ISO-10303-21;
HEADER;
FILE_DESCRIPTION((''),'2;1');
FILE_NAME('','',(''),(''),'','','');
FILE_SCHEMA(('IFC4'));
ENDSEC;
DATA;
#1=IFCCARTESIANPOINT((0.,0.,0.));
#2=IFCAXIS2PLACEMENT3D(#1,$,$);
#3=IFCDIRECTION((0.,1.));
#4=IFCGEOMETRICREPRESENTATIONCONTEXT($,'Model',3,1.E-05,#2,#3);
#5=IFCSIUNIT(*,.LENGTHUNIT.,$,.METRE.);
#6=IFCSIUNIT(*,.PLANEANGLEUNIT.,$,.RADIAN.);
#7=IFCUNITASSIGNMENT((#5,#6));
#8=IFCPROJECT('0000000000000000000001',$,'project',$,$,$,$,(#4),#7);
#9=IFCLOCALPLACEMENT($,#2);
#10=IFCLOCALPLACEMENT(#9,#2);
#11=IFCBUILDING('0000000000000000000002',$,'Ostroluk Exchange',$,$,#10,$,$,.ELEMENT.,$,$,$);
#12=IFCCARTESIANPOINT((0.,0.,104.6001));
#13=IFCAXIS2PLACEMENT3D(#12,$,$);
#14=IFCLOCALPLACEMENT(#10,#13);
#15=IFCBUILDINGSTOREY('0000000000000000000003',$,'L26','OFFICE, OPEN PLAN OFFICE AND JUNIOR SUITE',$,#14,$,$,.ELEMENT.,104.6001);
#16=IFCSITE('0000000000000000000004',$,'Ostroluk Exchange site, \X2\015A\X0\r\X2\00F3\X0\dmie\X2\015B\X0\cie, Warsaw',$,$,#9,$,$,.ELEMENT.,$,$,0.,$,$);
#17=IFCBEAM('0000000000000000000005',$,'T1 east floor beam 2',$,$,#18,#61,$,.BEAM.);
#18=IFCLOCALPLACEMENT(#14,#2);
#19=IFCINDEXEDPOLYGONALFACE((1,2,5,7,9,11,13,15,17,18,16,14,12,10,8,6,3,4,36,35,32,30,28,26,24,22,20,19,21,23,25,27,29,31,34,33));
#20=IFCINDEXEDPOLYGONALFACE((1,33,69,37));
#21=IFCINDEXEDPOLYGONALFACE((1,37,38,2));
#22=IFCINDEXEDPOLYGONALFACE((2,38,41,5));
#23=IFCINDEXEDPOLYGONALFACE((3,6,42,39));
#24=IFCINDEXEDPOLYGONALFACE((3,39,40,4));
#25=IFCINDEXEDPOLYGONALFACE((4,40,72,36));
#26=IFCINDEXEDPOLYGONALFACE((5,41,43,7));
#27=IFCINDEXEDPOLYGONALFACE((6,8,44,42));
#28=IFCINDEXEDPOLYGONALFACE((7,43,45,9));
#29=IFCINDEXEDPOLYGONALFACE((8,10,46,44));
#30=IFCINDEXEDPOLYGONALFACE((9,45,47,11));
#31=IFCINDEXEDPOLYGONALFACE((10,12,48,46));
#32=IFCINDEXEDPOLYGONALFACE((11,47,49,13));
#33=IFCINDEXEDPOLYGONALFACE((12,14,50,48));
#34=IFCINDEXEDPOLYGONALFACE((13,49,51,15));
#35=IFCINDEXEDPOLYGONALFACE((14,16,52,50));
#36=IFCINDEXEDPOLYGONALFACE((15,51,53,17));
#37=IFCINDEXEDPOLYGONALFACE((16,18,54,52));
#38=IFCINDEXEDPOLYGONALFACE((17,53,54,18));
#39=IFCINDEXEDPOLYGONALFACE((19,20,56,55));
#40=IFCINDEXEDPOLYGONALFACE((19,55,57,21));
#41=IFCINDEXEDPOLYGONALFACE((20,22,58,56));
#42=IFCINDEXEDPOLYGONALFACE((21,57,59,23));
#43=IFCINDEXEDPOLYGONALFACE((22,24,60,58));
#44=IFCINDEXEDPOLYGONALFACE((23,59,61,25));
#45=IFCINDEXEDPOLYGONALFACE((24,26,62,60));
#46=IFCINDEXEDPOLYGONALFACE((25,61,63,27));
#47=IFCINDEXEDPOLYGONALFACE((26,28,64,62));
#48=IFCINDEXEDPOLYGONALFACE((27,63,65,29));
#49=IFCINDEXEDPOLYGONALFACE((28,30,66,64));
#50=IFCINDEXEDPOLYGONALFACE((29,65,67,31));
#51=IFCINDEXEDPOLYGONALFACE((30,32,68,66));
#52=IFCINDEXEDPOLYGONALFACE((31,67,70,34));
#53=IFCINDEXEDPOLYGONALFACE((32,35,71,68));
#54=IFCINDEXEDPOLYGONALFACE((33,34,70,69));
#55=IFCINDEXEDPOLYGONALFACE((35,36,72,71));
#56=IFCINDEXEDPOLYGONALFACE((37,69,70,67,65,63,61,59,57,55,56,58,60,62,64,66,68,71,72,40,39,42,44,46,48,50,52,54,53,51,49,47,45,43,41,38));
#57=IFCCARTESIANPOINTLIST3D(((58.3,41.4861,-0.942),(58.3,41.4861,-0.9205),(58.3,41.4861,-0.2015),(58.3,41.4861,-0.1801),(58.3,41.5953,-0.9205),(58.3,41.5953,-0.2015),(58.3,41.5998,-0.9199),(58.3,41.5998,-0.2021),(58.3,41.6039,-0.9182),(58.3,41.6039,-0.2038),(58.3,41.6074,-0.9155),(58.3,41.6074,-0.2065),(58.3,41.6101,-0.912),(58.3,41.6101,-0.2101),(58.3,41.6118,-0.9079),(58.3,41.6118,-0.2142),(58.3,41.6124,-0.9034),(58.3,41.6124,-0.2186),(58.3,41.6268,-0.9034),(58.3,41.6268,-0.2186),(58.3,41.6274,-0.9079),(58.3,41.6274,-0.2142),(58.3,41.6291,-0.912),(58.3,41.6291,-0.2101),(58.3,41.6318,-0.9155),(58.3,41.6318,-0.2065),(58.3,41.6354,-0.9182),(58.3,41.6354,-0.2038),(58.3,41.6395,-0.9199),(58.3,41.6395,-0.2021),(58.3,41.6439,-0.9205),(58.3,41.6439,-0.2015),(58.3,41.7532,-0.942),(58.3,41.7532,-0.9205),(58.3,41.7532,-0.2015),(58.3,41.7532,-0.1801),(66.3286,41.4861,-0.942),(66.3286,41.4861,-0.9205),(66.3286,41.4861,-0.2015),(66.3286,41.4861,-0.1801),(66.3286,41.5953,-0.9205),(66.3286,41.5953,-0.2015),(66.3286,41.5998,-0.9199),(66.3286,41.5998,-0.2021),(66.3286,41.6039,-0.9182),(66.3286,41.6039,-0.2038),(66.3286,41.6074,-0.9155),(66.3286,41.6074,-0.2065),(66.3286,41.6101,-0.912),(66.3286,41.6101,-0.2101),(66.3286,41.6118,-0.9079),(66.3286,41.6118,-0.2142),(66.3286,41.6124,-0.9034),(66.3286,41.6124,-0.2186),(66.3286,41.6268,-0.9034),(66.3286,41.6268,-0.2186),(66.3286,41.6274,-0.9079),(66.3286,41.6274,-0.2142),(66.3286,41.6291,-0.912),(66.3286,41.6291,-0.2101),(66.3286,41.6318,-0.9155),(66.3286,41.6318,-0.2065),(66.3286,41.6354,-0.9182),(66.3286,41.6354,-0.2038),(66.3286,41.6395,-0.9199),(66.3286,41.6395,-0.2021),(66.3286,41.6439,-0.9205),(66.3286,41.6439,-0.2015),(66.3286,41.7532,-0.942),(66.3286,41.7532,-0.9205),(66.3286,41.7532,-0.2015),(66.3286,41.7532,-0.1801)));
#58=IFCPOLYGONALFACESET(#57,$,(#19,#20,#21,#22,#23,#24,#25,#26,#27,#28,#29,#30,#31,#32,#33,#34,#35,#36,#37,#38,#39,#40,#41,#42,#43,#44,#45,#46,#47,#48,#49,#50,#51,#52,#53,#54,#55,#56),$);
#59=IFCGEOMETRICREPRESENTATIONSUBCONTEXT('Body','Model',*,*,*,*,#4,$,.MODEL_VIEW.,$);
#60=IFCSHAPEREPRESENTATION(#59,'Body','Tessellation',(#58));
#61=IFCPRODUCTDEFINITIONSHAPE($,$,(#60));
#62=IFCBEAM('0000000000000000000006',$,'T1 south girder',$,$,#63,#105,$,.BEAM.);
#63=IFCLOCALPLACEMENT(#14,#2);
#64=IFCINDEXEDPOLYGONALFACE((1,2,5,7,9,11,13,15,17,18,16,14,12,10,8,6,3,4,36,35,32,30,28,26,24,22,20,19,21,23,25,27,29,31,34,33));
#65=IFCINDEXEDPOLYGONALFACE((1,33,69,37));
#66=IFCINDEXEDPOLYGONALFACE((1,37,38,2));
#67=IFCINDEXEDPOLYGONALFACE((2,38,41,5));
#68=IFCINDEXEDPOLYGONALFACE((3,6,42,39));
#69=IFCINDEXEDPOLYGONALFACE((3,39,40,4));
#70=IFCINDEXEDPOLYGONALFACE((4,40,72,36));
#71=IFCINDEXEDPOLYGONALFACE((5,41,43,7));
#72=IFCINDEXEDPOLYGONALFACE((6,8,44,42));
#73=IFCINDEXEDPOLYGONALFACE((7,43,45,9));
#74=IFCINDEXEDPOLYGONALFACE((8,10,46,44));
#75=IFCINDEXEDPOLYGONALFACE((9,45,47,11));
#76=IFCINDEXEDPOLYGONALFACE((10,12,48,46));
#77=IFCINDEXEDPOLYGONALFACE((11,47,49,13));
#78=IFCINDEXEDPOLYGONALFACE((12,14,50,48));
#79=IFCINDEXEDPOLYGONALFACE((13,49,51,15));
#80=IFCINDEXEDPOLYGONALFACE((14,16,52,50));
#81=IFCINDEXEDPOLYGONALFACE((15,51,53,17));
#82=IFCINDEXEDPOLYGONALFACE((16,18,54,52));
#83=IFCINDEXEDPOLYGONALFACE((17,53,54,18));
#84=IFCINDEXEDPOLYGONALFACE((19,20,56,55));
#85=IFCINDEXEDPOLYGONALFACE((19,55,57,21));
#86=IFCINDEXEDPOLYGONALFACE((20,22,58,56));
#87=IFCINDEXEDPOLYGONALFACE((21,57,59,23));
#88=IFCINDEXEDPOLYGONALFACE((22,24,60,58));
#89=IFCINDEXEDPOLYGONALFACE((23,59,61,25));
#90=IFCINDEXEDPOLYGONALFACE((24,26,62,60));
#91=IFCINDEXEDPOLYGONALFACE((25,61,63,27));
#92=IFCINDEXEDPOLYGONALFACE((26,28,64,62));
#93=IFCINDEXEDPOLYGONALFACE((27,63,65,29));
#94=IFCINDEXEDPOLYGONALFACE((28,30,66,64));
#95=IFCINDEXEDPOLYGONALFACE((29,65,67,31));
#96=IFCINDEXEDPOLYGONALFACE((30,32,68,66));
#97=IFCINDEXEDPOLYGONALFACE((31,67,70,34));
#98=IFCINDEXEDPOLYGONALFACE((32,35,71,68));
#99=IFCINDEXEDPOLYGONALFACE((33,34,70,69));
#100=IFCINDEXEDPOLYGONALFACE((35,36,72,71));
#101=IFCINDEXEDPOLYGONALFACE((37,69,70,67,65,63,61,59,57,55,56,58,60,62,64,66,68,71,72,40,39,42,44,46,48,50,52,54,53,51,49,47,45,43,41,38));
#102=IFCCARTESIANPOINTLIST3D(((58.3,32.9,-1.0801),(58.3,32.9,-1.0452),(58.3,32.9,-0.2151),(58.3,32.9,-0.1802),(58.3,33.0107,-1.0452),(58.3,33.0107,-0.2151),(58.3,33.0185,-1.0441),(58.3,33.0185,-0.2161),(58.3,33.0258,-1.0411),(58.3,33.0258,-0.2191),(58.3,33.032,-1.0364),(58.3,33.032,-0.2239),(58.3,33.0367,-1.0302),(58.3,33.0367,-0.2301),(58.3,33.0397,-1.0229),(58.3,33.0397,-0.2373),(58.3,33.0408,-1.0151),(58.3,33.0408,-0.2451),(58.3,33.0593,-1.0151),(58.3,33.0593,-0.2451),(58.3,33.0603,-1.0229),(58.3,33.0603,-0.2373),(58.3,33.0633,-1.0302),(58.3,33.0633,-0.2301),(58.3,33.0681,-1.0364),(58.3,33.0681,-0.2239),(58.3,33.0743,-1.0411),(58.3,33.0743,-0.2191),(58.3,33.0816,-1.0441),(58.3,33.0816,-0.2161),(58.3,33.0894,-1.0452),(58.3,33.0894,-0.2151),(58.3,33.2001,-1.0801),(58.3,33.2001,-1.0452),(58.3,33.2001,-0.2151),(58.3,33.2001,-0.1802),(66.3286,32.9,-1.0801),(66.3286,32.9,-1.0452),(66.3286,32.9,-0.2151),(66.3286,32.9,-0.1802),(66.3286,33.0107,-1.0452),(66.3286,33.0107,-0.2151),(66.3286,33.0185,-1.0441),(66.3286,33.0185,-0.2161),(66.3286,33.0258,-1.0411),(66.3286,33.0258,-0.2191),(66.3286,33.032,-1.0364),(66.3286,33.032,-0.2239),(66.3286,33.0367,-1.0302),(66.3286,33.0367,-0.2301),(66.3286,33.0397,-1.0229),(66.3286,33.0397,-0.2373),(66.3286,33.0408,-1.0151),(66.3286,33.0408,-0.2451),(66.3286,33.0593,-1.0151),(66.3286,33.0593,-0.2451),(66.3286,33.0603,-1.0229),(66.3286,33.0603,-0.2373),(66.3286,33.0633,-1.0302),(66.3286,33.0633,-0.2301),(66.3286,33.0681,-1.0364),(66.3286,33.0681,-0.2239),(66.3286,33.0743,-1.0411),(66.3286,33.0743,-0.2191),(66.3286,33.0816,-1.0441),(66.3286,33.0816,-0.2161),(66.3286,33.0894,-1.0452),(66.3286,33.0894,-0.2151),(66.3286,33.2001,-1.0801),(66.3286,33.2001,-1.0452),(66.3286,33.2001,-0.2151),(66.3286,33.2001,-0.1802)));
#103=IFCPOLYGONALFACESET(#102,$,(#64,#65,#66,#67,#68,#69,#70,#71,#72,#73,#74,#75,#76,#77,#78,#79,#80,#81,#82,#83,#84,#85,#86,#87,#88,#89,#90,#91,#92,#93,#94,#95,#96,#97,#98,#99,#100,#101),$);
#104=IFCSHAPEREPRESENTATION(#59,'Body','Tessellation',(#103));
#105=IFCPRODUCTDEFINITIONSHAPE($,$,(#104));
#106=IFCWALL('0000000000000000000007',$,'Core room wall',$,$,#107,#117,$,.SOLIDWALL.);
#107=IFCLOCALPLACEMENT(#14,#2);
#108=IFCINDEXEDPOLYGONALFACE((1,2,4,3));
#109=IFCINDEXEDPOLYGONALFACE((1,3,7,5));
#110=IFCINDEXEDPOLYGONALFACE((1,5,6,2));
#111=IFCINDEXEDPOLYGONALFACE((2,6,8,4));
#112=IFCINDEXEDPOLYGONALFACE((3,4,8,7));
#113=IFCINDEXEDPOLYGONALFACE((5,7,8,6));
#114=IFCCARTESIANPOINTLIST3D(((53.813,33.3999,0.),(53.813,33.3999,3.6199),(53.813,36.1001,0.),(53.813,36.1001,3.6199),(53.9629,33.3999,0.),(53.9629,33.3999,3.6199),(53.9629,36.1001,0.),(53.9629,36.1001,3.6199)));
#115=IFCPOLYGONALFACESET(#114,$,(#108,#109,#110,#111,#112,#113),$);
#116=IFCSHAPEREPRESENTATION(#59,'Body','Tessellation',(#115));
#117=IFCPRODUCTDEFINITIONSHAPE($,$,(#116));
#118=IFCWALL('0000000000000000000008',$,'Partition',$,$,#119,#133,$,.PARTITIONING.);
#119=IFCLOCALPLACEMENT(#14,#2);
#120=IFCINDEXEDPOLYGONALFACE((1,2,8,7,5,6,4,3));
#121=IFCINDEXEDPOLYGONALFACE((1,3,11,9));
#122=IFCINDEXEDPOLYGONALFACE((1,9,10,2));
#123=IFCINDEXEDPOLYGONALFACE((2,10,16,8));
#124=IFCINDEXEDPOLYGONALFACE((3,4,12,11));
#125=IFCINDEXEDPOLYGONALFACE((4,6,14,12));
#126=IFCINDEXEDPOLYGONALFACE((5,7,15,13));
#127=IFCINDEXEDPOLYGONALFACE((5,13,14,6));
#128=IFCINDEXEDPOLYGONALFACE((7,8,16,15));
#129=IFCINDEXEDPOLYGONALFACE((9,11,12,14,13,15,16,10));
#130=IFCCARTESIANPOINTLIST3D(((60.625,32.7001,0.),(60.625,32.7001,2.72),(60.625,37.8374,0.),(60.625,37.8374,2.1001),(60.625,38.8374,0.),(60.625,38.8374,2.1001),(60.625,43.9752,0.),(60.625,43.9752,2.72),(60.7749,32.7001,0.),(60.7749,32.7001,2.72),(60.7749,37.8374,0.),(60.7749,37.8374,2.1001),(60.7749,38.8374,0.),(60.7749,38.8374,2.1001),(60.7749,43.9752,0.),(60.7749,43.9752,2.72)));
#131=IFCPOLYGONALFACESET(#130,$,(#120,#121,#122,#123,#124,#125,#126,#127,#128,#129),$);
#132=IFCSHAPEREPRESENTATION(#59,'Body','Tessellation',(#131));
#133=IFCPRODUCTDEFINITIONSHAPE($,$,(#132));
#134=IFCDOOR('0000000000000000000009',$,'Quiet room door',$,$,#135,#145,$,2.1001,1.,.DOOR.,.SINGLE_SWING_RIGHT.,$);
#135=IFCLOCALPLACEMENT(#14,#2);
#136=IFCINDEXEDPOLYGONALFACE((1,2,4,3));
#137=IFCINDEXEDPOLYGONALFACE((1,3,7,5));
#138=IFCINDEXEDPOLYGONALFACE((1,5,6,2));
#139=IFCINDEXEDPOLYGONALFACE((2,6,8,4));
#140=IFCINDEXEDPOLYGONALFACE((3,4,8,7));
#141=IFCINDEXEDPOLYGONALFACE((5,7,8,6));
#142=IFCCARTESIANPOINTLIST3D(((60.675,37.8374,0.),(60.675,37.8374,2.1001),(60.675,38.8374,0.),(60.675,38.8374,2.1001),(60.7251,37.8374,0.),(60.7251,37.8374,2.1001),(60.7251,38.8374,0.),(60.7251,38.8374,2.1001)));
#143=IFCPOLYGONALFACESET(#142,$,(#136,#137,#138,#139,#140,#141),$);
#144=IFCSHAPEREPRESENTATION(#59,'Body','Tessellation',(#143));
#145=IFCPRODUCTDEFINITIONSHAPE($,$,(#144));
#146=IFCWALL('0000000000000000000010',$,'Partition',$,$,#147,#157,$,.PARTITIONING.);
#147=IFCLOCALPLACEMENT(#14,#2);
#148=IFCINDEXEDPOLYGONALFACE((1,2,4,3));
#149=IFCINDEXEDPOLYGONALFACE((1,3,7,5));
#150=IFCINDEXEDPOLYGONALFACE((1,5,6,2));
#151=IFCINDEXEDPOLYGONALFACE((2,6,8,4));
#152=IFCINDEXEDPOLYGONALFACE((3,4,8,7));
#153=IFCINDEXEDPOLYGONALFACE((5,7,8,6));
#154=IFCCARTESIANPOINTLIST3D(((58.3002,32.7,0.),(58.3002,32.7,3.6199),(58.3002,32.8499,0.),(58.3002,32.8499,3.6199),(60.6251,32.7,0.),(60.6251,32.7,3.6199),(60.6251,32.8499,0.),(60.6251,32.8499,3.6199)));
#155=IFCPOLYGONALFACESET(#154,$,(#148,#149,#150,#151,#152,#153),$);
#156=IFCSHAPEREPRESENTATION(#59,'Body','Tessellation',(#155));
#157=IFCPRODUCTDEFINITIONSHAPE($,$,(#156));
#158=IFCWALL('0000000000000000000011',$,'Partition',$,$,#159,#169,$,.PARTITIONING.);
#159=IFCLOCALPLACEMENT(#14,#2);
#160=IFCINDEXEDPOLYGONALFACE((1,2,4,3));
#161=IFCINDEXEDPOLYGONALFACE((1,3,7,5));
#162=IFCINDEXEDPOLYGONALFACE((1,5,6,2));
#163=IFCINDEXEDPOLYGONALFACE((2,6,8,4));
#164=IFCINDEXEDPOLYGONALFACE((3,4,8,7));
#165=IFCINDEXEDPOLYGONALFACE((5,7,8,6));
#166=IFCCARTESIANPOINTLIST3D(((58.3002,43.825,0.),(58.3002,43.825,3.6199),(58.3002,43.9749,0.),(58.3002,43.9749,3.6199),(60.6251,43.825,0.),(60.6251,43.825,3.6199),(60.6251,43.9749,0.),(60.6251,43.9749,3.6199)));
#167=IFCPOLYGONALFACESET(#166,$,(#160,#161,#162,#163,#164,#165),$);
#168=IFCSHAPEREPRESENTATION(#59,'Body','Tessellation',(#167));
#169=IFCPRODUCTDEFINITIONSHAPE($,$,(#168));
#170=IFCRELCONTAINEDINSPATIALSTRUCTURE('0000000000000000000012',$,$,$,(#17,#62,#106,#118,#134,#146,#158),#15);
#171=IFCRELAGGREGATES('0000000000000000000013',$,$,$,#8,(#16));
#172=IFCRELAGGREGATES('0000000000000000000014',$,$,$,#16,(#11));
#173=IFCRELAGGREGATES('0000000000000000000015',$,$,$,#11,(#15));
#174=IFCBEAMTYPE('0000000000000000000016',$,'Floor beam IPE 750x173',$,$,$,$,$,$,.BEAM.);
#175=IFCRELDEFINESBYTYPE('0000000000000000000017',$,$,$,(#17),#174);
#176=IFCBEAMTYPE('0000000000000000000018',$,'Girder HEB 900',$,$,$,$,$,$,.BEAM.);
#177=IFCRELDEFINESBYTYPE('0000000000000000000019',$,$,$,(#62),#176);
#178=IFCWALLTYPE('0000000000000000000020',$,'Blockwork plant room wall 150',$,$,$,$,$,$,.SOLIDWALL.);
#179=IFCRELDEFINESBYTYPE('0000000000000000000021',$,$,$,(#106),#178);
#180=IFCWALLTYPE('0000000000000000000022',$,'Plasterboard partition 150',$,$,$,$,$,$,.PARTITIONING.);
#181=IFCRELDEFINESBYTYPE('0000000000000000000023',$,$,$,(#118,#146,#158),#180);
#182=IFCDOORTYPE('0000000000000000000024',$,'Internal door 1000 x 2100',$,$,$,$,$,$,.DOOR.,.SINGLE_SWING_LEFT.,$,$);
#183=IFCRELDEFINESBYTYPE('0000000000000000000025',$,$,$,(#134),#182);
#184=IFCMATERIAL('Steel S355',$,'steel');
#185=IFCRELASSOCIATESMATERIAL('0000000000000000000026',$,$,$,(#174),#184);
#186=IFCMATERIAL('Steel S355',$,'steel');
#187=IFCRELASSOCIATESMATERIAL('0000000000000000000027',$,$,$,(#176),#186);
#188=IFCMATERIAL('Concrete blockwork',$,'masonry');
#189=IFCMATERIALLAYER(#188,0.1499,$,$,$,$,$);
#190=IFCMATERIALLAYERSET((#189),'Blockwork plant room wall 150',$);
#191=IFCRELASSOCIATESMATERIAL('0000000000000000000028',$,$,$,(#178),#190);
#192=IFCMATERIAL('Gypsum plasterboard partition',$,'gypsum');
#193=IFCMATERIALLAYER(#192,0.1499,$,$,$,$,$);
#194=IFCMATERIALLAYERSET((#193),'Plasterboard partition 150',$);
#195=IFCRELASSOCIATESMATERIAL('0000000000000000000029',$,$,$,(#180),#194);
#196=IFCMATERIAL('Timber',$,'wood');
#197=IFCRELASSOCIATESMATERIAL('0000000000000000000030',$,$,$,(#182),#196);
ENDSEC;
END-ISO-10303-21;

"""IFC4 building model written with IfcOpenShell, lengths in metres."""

from ifc_helpers import new_model, si_unit, direction, frame, frame_2d, origin, origin_2d, place, context, subcontext, project, spatial, rectangle, i_section, extrude, material, layer, layer_set, material_profile, profile_set, type_object, element, fill, save


model = new_model("IFC4")

# Units and contexts
model_context = context("Model", 3, precision=1e-05, world=origin(), true_north=direction((0.0, 1.0)))
body_context = subcontext(model_context, "Body", "Model", "MODEL_VIEW")
ifc_project = project(units=[si_unit("LENGTHUNIT", "METRE"), si_unit("PLANEANGLEUNIT", "RADIAN")], contexts=[model_context])

# Site, building, storey
site_placement = place(None, origin())
site = spatial("IfcSite", under=ifc_project, at=site_placement, Name="Ostroluk Exchange site, Śródmieście, Warsaw", CompositionType="ELEMENT", RefElevation=0.0)
building_placement = place(site_placement, origin())
building = spatial("IfcBuilding", under=site, at=building_placement, Name="Ostroluk Exchange", CompositionType="ELEMENT")
storey_placement = place(building_placement, frame((0.0, 0.0, 104.6001)))
storey = spatial("IfcBuildingStorey", under=building, at=storey_placement, Name="L26", Description="OFFICE, OPEN PLAN OFFICE AND JUNIOR SUITE", CompositionType="ELEMENT", Elevation=104.6001)

# Beams
ifc_material_1 = material(Name="Steel S355", Category="steel")
ifc_material_profile_1 = material_profile(ifc_material_1, i_section(OverallWidth=0.2671, OverallDepth=0.762, WebThickness=0.0144, FlangeThickness=0.0215, FilletRadius=0.0171, at=origin_2d()), Name="IPE 750x173")
ifc_profile_set_1 = profile_set([ifc_material_profile_1], Name="Steel S355")
beam_type_1 = type_object("IfcBeamType", Name="Floor beam IPE 750x173", PredefinedType="BEAM", material=ifc_profile_set_1)
for number, where, z_axis, x_axis, name in (
    (1, (58.3, 41.6196, -0.561), (1.0, 0.0, 0.0), (0.0, 1.0, 0.0), "T1 east floor beam 2"),
):
    element("IfcBeam", number, at=place(storey_placement, frame(where, z_axis=z_axis, x_axis=x_axis)), inside=storey, type_object=beam_type_1, Name=name, PredefinedType="BEAM", context=body_context, shape_type="SweptSolid", body=[
        extrude(i_section(OverallWidth=0.2671, OverallDepth=0.762, WebThickness=0.0144, FlangeThickness=0.0215, FilletRadius=0.0171, at=origin_2d()), origin(), (0.0, 0.0, 1.0), 8.0286),
    ])
ifc_material_2 = material(Name="Steel S355", Category="steel")
ifc_material_profile_2 = material_profile(ifc_material_2, i_section(OverallWidth=0.3, OverallDepth=0.8999, WebThickness=0.0186, FlangeThickness=0.0349, FilletRadius=0.03, at=origin_2d()), Name="HEB 900")
ifc_profile_set_2 = profile_set([ifc_material_profile_2], Name="Steel S355")
beam_type_2 = type_object("IfcBeamType", Name="Girder HEB 900", PredefinedType="BEAM", material=ifc_profile_set_2)
beam_1_placement = place(storey_placement, frame((58.3, 33.05, -0.6301), z_axis=(1.0, 0.0, 0.0), x_axis=(0.0, 1.0, 0.0)))
element("IfcBeam", 2, at=beam_1_placement, inside=storey, type_object=beam_type_2, Name="T1 south girder", PredefinedType="BEAM", context=body_context, shape_type="SweptSolid", body=[
    extrude(i_section(OverallWidth=0.3, OverallDepth=0.8999, WebThickness=0.0186, FlangeThickness=0.0349, FilletRadius=0.03, at=origin_2d()), origin(), (0.0, 0.0, 1.0), 8.0286),
])

# Wall
ifc_material_3 = material(Name="Concrete blockwork", Category="masonry")
ifc_layer_1 = layer(ifc_material_3, 0.1499)
ifc_layer_set_1 = layer_set([ifc_layer_1], Name="Blockwork plant room wall 150")
wall_type_1 = type_object("IfcWallType", Name="Blockwork plant room wall 150", PredefinedType="SOLIDWALL", material=ifc_layer_set_1)
wall_1_placement = place(storey_placement, frame((53.8879, 33.3999, 0.0), z_axis=(0.0, 0.0, 1.0), x_axis=(0.0, 1.0, 0.0)))
element("IfcWall", 3, at=wall_1_placement, inside=storey, type_object=wall_type_1, Name="Core room wall", PredefinedType="SOLIDWALL", context=body_context, shape_type="SweptSolid", body=[
    extrude(rectangle(XDim=2.7002, YDim=0.1499, at=frame_2d((1.3501, 0.0))), origin(), (0.0, 0.0, 1.0), 3.6199),
])

# Wall, opening, door
ifc_material_4 = material(Name="Gypsum plasterboard partition", Category="gypsum")
ifc_layer_2 = layer(ifc_material_4, 0.1499)
ifc_layer_set_2 = layer_set([ifc_layer_2], Name="Plasterboard partition 150")
wall_type_2 = type_object("IfcWallType", Name="Plasterboard partition 150", PredefinedType="PARTITIONING", material=ifc_layer_set_2)
wall_2_placement = place(storey_placement, frame((60.7, 32.7, 0.0), z_axis=(0.0, 0.0, 1.0), x_axis=(0.0, 1.0, 0.0)))
wall_2 = element("IfcWall", 4, at=wall_2_placement, inside=storey, type_object=wall_type_2, Name="Partition", PredefinedType="PARTITIONING", context=body_context, shape_type="SweptSolid", body=[
    extrude(rectangle(XDim=11.2751, YDim=0.1499, at=frame_2d((5.6377, 0.0))), origin(), (0.0, 0.0, 1.0), 2.72),
])
opening_1_placement = place(wall_2_placement, frame((5.1375, 0.0, 0.0)))
opening_1 = element("IfcOpeningElement", 5, at=opening_1_placement, cuts=wall_2, PredefinedType="OPENING", context=body_context, shape_type="SweptSolid", body=[
    extrude(rectangle(XDim=1.0, YDim=2.1001, at=frame_2d((0.5, 1.05))), frame((0.0, 0.085, 0.0), z_axis=(0.0, -1.0, 0.0), x_axis=(1.0, 0.0, 0.0)), (0.0, 0.0, 1.0), 0.1699),
])
ifc_material_5 = material(Name="Timber", Category="wood")
door_type_1 = type_object("IfcDoorType", Name="Internal door 1000 x 2100", OperationType="SINGLE_SWING_LEFT", PredefinedType="DOOR", material=ifc_material_5)
door_1_placement = place(opening_1_placement, origin())
door_1 = element("IfcDoor", 6, at=door_1_placement, inside=storey, type_object=door_type_1, Name="Quiet room door", OperationType="SINGLE_SWING_RIGHT", OverallHeight=2.1001, OverallWidth=1.0, PredefinedType="DOOR", context=body_context, shape_type="SweptSolid", body=[
    extrude(rectangle(XDim=1.0, YDim=2.1001, at=frame_2d((0.5, 1.05))), frame((0.0, 0.0249, 0.0), z_axis=(0.0, -1.0, 0.0), x_axis=(1.0, 0.0, 0.0)), (0.0, 0.0, 1.0), 0.05),
])
fill(opening_1, door_1)

# Walls
for number, where, z_axis, x_axis, name in (
    (7, (58.3, 32.7749, 0.0), (0.0, 0.0, 1.0), (1.0, 0.0, 0.0), "Partition"),
    (8, (58.3, 43.8999, 0.0), (0.0, 0.0, 1.0), (1.0, 0.0, 0.0), "Partition"),
):
    element("IfcWall", number, at=place(storey_placement, frame(where, z_axis=z_axis, x_axis=x_axis)), inside=storey, type_object=wall_type_2, Name=name, PredefinedType="PARTITIONING", context=body_context, shape_type="SweptSolid", body=[
        extrude(rectangle(XDim=2.325, YDim=0.1499, at=frame_2d((1.1626, 0.0))), origin(), (0.0, 0.0, 1.0), 3.6199),
    ])

save(model, "model.ifc")
